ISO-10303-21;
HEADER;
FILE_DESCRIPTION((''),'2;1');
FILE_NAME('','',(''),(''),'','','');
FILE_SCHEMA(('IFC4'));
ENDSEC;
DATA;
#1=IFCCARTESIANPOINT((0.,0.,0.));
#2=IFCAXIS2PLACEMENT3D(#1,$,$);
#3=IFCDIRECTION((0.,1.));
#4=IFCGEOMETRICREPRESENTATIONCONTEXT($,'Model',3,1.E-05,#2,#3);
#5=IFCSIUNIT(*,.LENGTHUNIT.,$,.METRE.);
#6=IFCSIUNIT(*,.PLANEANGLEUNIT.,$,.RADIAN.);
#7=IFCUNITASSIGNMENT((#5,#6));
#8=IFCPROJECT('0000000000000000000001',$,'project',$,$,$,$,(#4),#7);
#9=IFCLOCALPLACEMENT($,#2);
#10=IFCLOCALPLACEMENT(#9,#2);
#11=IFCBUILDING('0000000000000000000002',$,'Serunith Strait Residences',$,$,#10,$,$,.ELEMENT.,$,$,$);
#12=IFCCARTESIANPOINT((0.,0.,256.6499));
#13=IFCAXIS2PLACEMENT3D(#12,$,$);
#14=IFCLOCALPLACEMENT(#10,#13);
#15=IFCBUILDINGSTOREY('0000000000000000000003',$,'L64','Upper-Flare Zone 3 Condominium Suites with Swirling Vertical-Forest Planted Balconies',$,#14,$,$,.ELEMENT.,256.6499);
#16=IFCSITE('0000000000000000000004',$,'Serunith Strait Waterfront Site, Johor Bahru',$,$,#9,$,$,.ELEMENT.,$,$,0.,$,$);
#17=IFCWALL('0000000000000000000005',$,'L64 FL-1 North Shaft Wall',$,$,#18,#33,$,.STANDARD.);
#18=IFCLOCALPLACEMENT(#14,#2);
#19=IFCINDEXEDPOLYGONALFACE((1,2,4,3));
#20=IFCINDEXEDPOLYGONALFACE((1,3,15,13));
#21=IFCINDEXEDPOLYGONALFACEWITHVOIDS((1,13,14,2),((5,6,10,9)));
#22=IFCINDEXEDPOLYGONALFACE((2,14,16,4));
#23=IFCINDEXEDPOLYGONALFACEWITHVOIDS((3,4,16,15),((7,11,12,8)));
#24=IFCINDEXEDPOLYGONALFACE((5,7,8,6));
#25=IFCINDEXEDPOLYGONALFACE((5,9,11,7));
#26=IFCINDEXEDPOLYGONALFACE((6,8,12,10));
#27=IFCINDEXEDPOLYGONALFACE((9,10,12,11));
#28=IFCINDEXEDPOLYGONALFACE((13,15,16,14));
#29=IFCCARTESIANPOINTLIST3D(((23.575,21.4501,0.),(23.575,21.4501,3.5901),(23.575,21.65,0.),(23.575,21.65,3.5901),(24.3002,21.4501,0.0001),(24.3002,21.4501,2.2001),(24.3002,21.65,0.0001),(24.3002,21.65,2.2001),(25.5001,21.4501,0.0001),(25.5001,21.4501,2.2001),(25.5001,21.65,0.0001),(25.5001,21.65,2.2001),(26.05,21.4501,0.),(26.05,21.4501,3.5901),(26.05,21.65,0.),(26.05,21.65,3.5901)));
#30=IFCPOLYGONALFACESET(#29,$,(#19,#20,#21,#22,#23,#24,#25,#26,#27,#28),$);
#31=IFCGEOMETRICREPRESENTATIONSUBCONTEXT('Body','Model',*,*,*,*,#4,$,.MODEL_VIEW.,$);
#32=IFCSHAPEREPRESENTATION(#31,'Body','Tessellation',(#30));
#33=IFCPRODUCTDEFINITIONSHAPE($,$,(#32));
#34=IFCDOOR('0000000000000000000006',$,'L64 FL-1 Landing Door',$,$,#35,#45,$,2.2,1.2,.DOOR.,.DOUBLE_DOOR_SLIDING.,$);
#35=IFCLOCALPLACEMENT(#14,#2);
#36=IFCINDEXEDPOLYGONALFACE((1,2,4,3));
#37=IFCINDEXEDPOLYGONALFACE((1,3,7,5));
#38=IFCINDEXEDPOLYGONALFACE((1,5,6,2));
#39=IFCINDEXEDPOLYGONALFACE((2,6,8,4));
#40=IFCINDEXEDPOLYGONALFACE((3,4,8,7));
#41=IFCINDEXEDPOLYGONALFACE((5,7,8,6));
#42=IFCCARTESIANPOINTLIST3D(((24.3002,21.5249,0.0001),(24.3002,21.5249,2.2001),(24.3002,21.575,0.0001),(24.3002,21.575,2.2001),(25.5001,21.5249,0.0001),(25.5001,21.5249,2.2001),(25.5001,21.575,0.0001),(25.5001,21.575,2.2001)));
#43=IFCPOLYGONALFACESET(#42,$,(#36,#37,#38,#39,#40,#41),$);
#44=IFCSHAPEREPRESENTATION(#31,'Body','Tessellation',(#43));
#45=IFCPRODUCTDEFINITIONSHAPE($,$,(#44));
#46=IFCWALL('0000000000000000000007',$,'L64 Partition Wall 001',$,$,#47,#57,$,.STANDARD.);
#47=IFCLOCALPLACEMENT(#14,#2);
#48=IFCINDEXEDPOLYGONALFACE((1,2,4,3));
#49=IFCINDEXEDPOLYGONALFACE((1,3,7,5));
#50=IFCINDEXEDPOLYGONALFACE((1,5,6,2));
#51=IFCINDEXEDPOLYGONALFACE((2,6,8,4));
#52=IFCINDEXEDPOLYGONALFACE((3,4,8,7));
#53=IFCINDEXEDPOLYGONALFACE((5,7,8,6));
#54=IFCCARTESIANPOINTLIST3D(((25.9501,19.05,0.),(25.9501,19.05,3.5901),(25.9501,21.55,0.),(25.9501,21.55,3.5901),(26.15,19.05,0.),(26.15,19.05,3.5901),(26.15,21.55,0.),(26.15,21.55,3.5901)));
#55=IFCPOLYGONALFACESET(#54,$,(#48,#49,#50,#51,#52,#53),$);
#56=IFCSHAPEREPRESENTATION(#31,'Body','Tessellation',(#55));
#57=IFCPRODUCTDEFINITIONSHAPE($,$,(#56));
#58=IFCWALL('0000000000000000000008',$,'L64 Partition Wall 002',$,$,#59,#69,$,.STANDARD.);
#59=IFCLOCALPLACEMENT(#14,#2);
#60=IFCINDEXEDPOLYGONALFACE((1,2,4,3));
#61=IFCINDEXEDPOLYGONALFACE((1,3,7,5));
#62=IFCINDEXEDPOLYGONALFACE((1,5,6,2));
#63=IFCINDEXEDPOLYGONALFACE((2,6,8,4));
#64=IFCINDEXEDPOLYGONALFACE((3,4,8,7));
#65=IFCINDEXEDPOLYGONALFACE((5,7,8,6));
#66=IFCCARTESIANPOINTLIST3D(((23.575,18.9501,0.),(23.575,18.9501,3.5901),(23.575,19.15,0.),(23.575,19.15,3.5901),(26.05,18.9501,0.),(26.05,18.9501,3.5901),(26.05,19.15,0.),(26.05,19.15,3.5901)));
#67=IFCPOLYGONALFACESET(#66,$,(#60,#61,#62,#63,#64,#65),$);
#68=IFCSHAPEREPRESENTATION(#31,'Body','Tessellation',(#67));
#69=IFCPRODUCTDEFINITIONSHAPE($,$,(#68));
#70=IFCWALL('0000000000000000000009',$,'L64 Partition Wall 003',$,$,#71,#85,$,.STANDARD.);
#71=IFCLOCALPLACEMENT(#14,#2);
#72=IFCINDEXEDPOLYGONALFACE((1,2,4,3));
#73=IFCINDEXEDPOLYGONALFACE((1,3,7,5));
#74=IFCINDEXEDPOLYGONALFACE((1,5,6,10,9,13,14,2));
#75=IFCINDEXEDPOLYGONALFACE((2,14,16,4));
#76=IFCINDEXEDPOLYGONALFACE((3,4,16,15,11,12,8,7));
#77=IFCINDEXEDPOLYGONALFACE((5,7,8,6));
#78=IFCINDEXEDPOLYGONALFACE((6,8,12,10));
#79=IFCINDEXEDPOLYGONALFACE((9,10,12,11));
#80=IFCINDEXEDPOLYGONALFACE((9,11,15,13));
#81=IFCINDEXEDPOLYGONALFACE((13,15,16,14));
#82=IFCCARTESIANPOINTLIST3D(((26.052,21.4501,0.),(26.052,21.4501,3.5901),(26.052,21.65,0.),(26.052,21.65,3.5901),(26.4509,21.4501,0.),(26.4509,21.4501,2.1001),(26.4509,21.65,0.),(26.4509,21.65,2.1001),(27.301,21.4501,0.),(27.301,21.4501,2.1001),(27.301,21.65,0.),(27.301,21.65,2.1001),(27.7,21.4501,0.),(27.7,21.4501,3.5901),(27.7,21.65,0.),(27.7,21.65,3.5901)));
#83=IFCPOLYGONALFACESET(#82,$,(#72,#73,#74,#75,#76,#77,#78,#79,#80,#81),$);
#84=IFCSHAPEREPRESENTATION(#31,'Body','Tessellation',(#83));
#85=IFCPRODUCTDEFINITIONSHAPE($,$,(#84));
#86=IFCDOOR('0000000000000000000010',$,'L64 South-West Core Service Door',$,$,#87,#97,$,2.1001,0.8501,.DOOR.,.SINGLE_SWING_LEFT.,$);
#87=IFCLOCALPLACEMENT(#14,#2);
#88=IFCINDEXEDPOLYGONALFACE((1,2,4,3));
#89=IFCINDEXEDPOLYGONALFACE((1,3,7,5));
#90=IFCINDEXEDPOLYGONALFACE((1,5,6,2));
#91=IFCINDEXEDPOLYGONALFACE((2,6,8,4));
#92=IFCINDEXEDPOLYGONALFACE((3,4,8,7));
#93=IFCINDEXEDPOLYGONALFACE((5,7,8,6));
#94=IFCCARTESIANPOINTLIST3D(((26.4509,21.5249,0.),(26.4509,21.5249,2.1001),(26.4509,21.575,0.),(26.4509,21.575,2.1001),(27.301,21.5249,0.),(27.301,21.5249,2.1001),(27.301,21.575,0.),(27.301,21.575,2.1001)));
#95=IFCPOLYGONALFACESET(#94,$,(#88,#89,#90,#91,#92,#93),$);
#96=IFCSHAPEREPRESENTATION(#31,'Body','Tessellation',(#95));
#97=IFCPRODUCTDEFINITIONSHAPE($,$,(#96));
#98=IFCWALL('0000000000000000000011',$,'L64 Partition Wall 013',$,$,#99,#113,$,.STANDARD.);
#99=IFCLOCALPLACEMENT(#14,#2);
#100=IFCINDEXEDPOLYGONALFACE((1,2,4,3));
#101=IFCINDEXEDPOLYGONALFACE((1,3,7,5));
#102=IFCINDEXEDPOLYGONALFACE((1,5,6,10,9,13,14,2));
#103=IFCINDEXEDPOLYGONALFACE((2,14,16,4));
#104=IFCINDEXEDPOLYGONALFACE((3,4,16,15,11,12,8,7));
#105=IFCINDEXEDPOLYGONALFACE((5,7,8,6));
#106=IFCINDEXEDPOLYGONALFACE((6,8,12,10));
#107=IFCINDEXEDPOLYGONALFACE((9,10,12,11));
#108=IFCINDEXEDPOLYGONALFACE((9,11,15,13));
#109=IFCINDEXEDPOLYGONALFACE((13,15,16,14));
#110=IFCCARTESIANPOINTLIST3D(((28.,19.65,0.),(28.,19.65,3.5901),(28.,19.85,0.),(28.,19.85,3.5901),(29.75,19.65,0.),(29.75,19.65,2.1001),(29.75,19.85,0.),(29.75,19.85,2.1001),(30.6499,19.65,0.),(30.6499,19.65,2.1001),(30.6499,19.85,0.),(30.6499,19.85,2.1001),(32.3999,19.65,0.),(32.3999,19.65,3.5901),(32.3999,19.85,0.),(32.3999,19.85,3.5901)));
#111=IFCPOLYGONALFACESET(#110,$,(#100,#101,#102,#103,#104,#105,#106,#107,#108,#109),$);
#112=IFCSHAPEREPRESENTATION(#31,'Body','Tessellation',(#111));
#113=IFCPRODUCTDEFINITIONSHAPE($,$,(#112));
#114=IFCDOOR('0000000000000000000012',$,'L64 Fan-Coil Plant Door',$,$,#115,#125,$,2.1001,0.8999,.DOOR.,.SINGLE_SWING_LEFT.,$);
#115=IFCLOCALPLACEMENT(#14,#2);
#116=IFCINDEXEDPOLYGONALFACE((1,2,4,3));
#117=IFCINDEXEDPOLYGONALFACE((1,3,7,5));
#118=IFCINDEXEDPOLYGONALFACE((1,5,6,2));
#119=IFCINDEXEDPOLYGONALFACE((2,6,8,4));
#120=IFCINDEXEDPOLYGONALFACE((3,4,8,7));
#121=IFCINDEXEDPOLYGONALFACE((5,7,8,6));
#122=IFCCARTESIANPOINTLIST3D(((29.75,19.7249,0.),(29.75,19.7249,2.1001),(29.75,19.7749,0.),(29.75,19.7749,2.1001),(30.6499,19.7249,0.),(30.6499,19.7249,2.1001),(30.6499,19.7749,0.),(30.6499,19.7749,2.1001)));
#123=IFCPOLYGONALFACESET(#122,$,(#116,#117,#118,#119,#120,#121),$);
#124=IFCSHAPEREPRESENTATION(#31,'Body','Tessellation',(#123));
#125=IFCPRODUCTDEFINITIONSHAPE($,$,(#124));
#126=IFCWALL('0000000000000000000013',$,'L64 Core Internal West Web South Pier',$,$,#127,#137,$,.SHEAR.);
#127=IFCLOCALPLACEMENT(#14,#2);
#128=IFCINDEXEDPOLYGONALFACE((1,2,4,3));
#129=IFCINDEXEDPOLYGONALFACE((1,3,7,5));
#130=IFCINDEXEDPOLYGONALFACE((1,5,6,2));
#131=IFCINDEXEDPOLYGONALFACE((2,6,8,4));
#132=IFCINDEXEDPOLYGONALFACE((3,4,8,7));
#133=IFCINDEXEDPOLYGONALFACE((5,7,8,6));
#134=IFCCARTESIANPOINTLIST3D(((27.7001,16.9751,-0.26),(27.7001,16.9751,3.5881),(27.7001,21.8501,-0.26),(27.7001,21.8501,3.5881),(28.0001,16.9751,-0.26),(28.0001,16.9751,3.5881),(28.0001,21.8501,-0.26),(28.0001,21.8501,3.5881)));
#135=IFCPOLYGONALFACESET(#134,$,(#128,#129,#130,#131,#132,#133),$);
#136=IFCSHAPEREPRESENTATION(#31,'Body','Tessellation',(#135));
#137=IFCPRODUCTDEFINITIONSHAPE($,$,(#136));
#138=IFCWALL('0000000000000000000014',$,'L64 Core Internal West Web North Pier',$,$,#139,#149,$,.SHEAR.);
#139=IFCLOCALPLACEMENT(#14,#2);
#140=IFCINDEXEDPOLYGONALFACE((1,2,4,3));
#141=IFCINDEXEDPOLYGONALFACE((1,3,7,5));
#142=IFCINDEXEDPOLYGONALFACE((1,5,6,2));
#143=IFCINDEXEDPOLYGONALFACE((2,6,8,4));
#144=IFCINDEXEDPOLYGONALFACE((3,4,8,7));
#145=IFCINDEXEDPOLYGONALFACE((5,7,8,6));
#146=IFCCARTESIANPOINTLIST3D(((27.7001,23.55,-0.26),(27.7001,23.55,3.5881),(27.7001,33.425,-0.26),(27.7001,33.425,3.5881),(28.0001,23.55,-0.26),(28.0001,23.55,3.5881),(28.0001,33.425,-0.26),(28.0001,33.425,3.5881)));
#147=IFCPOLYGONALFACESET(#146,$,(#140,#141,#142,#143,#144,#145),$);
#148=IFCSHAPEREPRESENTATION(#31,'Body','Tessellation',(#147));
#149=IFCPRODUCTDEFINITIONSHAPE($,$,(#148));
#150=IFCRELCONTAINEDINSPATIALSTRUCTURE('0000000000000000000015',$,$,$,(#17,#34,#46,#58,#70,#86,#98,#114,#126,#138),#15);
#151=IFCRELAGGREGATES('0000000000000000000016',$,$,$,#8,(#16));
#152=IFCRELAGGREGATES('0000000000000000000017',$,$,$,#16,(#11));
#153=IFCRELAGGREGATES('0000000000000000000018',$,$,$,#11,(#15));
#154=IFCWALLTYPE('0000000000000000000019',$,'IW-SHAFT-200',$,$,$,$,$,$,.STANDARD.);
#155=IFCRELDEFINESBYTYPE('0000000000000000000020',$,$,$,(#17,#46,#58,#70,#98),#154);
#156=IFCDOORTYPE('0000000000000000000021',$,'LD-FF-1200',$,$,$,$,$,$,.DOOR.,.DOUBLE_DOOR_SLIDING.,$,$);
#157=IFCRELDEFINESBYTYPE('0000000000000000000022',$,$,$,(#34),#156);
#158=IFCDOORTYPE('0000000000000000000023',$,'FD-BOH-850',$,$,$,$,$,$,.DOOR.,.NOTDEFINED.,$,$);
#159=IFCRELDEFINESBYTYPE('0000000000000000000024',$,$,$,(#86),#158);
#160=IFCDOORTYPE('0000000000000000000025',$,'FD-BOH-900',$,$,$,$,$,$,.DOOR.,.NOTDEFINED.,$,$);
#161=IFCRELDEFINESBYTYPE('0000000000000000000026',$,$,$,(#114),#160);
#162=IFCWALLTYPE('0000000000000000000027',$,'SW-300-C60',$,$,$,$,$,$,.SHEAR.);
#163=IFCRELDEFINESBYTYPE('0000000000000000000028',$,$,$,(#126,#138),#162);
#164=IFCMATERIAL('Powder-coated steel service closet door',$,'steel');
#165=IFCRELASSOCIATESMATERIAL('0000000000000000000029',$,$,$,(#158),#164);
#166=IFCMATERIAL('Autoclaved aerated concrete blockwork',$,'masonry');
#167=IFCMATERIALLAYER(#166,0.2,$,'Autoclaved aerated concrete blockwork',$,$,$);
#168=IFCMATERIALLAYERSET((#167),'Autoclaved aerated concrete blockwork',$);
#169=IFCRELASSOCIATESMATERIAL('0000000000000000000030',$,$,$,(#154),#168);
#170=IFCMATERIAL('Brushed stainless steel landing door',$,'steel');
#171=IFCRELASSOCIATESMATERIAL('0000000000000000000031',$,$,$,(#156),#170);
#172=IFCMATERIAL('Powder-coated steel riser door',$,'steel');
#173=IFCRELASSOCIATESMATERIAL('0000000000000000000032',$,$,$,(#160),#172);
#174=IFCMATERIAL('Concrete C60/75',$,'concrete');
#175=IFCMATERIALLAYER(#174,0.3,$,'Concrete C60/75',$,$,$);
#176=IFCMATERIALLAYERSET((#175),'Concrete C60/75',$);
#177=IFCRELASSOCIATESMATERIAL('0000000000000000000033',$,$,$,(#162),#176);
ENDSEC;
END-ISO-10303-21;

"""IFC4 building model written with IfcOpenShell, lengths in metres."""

from ifc_helpers import new_model, si_unit, direction, frame, frame_2d, origin, place, context, subcontext, project, spatial, rectangle, extrude, source, transform, mapped, material, layer, layer_set, type_object, element, fill, save


model = new_model("IFC4")

# Units and contexts
model_context = context("Model", 3, precision=1e-05, world=origin(), true_north=direction((0.0, 1.0)))
body_context = subcontext(model_context, "Body", "Model", "MODEL_VIEW")
ifc_project = project(units=[si_unit("LENGTHUNIT", "METRE"), si_unit("PLANEANGLEUNIT", "RADIAN")], contexts=[model_context])

# Site, building, storey
site_placement = place(None, origin())
site = spatial("IfcSite", under=ifc_project, at=site_placement, Name="Serunith Strait Waterfront Site, Johor Bahru", CompositionType="ELEMENT", RefElevation=0.0)
building_placement = place(site_placement, origin())
building = spatial("IfcBuilding", under=site, at=building_placement, Name="Serunith Strait Residences", CompositionType="ELEMENT")
storey_placement = place(building_placement, frame((0.0, 0.0, 256.6499)))
storey = spatial("IfcBuildingStorey", under=building, at=storey_placement, Name="L64", Description="Upper-Flare Zone 3 Condominium Suites with Swirling Vertical-Forest Planted Balconies", CompositionType="ELEMENT", Elevation=256.6499)

# Wall, opening, door
ifc_material_1 = material(Name="Powder-coated steel service closet door", Category="steel")
door_type_1 = type_object("IfcDoorType", Name="FD-BOH-850", OperationType="NOTDEFINED", PredefinedType="DOOR", material=ifc_material_1)
shared_shape_1 = source(origin(), body_context, "Body", "SweptSolid", [
    extrude(rectangle(XDim=0.8501, YDim=2.1001, at=frame_2d((0.425, 1.05))), frame((0.0, 0.0249, 0.0), z_axis=(0.0, -1.0, 0.0), x_axis=(1.0, 0.0, 0.0)), (0.0, 0.0, 1.0), 0.05),
])
shared_shape_2 = source(origin(), body_context, "Body", "SweptSolid", [
    extrude(rectangle(XDim=0.8999, YDim=2.1001, at=frame_2d((0.45, 1.05))), frame((0.0, 0.0249, 0.0), z_axis=(0.0, -1.0, 0.0), x_axis=(1.0, 0.0, 0.0)), (0.0, 0.0, 1.0), 0.05),
])
ifc_material_2 = material(Name="Autoclaved aerated concrete blockwork", Category="masonry")
ifc_layer_1 = layer(ifc_material_2, 0.2, Name="Autoclaved aerated concrete blockwork")
ifc_layer_set_1 = layer_set([ifc_layer_1], Name="Autoclaved aerated concrete blockwork")
wall_type_1 = type_object("IfcWallType", Name="IW-SHAFT-200", PredefinedType="STANDARD", material=ifc_layer_set_1)
wall_1_placement = place(storey_placement, frame((23.575, 21.55, 0.0), z_axis=(0.0, 0.0, 1.0), x_axis=(1.0, 0.0, 0.0)))
wall_1 = element("IfcWall", 1, at=wall_1_placement, inside=storey, type_object=wall_type_1, Name="L64 FL-1 North Shaft Wall", PredefinedType="STANDARD", context=body_context, shape_type="SweptSolid", body=[
    extrude(rectangle(XDim=2.4751, YDim=0.2, at=frame_2d((1.2375, 0.0))), origin(), (0.0, 0.0, 1.0), 3.5901),
])
opening_1_placement = place(wall_1_placement, frame((0.7251, 0.0, 0.0)))
opening_1 = element("IfcOpeningElement", 2, at=opening_1_placement, cuts=wall_1, PredefinedType="OPENING", context=body_context, shape_type="SweptSolid", body=[
    extrude(rectangle(XDim=1.2, YDim=2.2, at=frame_2d((0.6001, 1.1001))), frame((0.0, 0.1099, 0.0), z_axis=(0.0, -1.0, 0.0), x_axis=(1.0, 0.0, 0.0)), (0.0, 0.0, 1.0), 0.22),
])
ifc_material_3 = material(Name="Brushed stainless steel landing door", Category="steel")
door_type_2 = type_object("IfcDoorType", Name="LD-FF-1200", OperationType="DOUBLE_DOOR_SLIDING", PredefinedType="DOOR", material=ifc_material_3)
shared_shape_3 = source(origin(), body_context, "Body", "SweptSolid", [
    extrude(rectangle(XDim=1.2, YDim=2.2, at=frame_2d((0.6001, 1.1001))), frame((0.0, 0.0249, 0.0), z_axis=(0.0, -1.0, 0.0), x_axis=(1.0, 0.0, 0.0)), (0.0, 0.0, 1.0), 0.05),
])
door_1_placement = place(opening_1_placement, origin())
door_1 = element("IfcDoor", 3, at=door_1_placement, inside=storey, type_object=door_type_2, Name="L64 FL-1 Landing Door", OperationType="DOUBLE_DOOR_SLIDING", OverallHeight=2.2, OverallWidth=1.2, PredefinedType="DOOR", context=body_context, shape_type="MappedRepresentation", body=[
    mapped(shared_shape_3, transform((0.0, 0.0, 0.0), scale=1.0)),
])
fill(opening_1, door_1)

# Walls
wall_2_placement = place(storey_placement, frame((26.05, 19.05, 0.0), z_axis=(0.0, 0.0, 1.0), x_axis=(0.0, 1.0, 0.0)))
element("IfcWall", 4, at=wall_2_placement, inside=storey, type_object=wall_type_1, Name="L64 Partition Wall 001", PredefinedType="STANDARD", context=body_context, shape_type="SweptSolid", body=[
    extrude(rectangle(XDim=2.5, YDim=0.2, at=frame_2d((1.25, 0.0))), origin(), (0.0, 0.0, 1.0), 3.5901),
])
wall_3_placement = place(storey_placement, frame((23.575, 19.05, 0.0), z_axis=(0.0, 0.0, 1.0), x_axis=(1.0, 0.0, 0.0)))
element("IfcWall", 5, at=wall_3_placement, inside=storey, type_object=wall_type_1, Name="L64 Partition Wall 002", PredefinedType="STANDARD", context=body_context, shape_type="SweptSolid", body=[
    extrude(rectangle(XDim=2.4751, YDim=0.2, at=frame_2d((1.2375, 0.0))), origin(), (0.0, 0.0, 1.0), 3.5901),
])

# Walls, openings, doors
wall_4_placement = place(storey_placement, frame((26.052, 21.55, 0.0), z_axis=(0.0, 0.0, 1.0), x_axis=(1.0, 0.0, 0.0)))
wall_4 = element("IfcWall", 6, at=wall_4_placement, inside=storey, type_object=wall_type_1, Name="L64 Partition Wall 003", PredefinedType="STANDARD", context=body_context, shape_type="SweptSolid", body=[
    extrude(rectangle(XDim=1.6479, YDim=0.2, at=frame_2d((0.824, 0.0))), origin(), (0.0, 0.0, 1.0), 3.5901),
])
opening_2_placement = place(wall_4_placement, frame((0.3989, 0.0, 0.0)))
opening_2 = element("IfcOpeningElement", 7, at=opening_2_placement, cuts=wall_4, PredefinedType="OPENING", context=body_context, shape_type="SweptSolid", body=[
    extrude(rectangle(XDim=0.8501, YDim=2.1001, at=frame_2d((0.425, 1.05))), frame((0.0, 0.1099, 0.0), z_axis=(0.0, -1.0, 0.0), x_axis=(1.0, 0.0, 0.0)), (0.0, 0.0, 1.0), 0.22),
])
door_2_placement = place(opening_2_placement, origin())
door_2 = element("IfcDoor", 8, at=door_2_placement, inside=storey, type_object=door_type_1, Name="L64 South-West Core Service Door", OperationType="SINGLE_SWING_LEFT", OverallHeight=2.1001, OverallWidth=0.8501, PredefinedType="DOOR", context=body_context, shape_type="MappedRepresentation", body=[
    mapped(shared_shape_1, transform((0.0, 0.0, 0.0), scale=1.0)),
])
fill(opening_2, door_2)
wall_5_placement = place(storey_placement, frame((28.0, 19.75, 0.0), z_axis=(0.0, 0.0, 1.0), x_axis=(1.0, 0.0, 0.0)))
wall_5 = element("IfcWall", 9, at=wall_5_placement, inside=storey, type_object=wall_type_1, Name="L64 Partition Wall 013", PredefinedType="STANDARD", context=body_context, shape_type="SweptSolid", body=[
    extrude(rectangle(XDim=4.3999, YDim=0.2, at=frame_2d((2.2, 0.0))), origin(), (0.0, 0.0, 1.0), 3.5901),
])
opening_3_placement = place(wall_5_placement, frame((1.75, 0.0, 0.0)))
opening_3 = element("IfcOpeningElement", 10, at=opening_3_placement, cuts=wall_5, PredefinedType="OPENING", context=body_context, shape_type="SweptSolid", body=[
    extrude(rectangle(XDim=0.8999, YDim=2.1001, at=frame_2d((0.45, 1.05))), frame((0.0, 0.1099, 0.0), z_axis=(0.0, -1.0, 0.0), x_axis=(1.0, 0.0, 0.0)), (0.0, 0.0, 1.0), 0.22),
])
ifc_material_4 = material(Name="Powder-coated steel riser door", Category="steel")
door_type_3 = type_object("IfcDoorType", Name="FD-BOH-900", OperationType="NOTDEFINED", PredefinedType="DOOR", material=ifc_material_4)
door_3_placement = place(opening_3_placement, origin())
door_3 = element("IfcDoor", 11, at=door_3_placement, inside=storey, type_object=door_type_3, Name="L64 Fan-Coil Plant Door", OperationType="SINGLE_SWING_LEFT", OverallHeight=2.1001, OverallWidth=0.8999, PredefinedType="DOOR", context=body_context, shape_type="MappedRepresentation", body=[
    mapped(shared_shape_2, transform((0.0, 0.0, 0.0), scale=1.0)),
])
fill(opening_3, door_3)

# Walls
ifc_material_5 = material(Name="Concrete C60/75", Category="concrete")
ifc_layer_2 = layer(ifc_material_5, 0.3, Name="Concrete C60/75")
ifc_layer_set_2 = layer_set([ifc_layer_2], Name="Concrete C60/75")
wall_type_2 = type_object("IfcWallType", Name="SW-300-C60", PredefinedType="SHEAR", material=ifc_layer_set_2)
wall_6_placement = place(storey_placement, frame((27.8501, 16.9751, -0.26), z_axis=(0.0, 0.0, 1.0), x_axis=(0.0, 1.0, 0.0)))
element("IfcWall", 12, at=wall_6_placement, inside=storey, type_object=wall_type_2, Name="L64 Core Internal West Web South Pier", PredefinedType="SHEAR", context=body_context, shape_type="SweptSolid", body=[
    extrude(rectangle(XDim=4.875, YDim=0.3, at=frame_2d((2.4375, 0.0))), origin(), (0.0, 0.0, 1.0), 3.8481),
])
wall_7_placement = place(storey_placement, frame((27.8501, 23.55, -0.26), z_axis=(0.0, 0.0, 1.0), x_axis=(0.0, 1.0, 0.0)))
element("IfcWall", 13, at=wall_7_placement, inside=storey, type_object=wall_type_2, Name="L64 Core Internal West Web North Pier", PredefinedType="SHEAR", context=body_context, shape_type="SweptSolid", body=[
    extrude(rectangle(XDim=9.875, YDim=0.3, at=frame_2d((4.9375, 0.0))), origin(), (0.0, 0.0, 1.0), 3.8481),
])

save(model, "model.ifc")
